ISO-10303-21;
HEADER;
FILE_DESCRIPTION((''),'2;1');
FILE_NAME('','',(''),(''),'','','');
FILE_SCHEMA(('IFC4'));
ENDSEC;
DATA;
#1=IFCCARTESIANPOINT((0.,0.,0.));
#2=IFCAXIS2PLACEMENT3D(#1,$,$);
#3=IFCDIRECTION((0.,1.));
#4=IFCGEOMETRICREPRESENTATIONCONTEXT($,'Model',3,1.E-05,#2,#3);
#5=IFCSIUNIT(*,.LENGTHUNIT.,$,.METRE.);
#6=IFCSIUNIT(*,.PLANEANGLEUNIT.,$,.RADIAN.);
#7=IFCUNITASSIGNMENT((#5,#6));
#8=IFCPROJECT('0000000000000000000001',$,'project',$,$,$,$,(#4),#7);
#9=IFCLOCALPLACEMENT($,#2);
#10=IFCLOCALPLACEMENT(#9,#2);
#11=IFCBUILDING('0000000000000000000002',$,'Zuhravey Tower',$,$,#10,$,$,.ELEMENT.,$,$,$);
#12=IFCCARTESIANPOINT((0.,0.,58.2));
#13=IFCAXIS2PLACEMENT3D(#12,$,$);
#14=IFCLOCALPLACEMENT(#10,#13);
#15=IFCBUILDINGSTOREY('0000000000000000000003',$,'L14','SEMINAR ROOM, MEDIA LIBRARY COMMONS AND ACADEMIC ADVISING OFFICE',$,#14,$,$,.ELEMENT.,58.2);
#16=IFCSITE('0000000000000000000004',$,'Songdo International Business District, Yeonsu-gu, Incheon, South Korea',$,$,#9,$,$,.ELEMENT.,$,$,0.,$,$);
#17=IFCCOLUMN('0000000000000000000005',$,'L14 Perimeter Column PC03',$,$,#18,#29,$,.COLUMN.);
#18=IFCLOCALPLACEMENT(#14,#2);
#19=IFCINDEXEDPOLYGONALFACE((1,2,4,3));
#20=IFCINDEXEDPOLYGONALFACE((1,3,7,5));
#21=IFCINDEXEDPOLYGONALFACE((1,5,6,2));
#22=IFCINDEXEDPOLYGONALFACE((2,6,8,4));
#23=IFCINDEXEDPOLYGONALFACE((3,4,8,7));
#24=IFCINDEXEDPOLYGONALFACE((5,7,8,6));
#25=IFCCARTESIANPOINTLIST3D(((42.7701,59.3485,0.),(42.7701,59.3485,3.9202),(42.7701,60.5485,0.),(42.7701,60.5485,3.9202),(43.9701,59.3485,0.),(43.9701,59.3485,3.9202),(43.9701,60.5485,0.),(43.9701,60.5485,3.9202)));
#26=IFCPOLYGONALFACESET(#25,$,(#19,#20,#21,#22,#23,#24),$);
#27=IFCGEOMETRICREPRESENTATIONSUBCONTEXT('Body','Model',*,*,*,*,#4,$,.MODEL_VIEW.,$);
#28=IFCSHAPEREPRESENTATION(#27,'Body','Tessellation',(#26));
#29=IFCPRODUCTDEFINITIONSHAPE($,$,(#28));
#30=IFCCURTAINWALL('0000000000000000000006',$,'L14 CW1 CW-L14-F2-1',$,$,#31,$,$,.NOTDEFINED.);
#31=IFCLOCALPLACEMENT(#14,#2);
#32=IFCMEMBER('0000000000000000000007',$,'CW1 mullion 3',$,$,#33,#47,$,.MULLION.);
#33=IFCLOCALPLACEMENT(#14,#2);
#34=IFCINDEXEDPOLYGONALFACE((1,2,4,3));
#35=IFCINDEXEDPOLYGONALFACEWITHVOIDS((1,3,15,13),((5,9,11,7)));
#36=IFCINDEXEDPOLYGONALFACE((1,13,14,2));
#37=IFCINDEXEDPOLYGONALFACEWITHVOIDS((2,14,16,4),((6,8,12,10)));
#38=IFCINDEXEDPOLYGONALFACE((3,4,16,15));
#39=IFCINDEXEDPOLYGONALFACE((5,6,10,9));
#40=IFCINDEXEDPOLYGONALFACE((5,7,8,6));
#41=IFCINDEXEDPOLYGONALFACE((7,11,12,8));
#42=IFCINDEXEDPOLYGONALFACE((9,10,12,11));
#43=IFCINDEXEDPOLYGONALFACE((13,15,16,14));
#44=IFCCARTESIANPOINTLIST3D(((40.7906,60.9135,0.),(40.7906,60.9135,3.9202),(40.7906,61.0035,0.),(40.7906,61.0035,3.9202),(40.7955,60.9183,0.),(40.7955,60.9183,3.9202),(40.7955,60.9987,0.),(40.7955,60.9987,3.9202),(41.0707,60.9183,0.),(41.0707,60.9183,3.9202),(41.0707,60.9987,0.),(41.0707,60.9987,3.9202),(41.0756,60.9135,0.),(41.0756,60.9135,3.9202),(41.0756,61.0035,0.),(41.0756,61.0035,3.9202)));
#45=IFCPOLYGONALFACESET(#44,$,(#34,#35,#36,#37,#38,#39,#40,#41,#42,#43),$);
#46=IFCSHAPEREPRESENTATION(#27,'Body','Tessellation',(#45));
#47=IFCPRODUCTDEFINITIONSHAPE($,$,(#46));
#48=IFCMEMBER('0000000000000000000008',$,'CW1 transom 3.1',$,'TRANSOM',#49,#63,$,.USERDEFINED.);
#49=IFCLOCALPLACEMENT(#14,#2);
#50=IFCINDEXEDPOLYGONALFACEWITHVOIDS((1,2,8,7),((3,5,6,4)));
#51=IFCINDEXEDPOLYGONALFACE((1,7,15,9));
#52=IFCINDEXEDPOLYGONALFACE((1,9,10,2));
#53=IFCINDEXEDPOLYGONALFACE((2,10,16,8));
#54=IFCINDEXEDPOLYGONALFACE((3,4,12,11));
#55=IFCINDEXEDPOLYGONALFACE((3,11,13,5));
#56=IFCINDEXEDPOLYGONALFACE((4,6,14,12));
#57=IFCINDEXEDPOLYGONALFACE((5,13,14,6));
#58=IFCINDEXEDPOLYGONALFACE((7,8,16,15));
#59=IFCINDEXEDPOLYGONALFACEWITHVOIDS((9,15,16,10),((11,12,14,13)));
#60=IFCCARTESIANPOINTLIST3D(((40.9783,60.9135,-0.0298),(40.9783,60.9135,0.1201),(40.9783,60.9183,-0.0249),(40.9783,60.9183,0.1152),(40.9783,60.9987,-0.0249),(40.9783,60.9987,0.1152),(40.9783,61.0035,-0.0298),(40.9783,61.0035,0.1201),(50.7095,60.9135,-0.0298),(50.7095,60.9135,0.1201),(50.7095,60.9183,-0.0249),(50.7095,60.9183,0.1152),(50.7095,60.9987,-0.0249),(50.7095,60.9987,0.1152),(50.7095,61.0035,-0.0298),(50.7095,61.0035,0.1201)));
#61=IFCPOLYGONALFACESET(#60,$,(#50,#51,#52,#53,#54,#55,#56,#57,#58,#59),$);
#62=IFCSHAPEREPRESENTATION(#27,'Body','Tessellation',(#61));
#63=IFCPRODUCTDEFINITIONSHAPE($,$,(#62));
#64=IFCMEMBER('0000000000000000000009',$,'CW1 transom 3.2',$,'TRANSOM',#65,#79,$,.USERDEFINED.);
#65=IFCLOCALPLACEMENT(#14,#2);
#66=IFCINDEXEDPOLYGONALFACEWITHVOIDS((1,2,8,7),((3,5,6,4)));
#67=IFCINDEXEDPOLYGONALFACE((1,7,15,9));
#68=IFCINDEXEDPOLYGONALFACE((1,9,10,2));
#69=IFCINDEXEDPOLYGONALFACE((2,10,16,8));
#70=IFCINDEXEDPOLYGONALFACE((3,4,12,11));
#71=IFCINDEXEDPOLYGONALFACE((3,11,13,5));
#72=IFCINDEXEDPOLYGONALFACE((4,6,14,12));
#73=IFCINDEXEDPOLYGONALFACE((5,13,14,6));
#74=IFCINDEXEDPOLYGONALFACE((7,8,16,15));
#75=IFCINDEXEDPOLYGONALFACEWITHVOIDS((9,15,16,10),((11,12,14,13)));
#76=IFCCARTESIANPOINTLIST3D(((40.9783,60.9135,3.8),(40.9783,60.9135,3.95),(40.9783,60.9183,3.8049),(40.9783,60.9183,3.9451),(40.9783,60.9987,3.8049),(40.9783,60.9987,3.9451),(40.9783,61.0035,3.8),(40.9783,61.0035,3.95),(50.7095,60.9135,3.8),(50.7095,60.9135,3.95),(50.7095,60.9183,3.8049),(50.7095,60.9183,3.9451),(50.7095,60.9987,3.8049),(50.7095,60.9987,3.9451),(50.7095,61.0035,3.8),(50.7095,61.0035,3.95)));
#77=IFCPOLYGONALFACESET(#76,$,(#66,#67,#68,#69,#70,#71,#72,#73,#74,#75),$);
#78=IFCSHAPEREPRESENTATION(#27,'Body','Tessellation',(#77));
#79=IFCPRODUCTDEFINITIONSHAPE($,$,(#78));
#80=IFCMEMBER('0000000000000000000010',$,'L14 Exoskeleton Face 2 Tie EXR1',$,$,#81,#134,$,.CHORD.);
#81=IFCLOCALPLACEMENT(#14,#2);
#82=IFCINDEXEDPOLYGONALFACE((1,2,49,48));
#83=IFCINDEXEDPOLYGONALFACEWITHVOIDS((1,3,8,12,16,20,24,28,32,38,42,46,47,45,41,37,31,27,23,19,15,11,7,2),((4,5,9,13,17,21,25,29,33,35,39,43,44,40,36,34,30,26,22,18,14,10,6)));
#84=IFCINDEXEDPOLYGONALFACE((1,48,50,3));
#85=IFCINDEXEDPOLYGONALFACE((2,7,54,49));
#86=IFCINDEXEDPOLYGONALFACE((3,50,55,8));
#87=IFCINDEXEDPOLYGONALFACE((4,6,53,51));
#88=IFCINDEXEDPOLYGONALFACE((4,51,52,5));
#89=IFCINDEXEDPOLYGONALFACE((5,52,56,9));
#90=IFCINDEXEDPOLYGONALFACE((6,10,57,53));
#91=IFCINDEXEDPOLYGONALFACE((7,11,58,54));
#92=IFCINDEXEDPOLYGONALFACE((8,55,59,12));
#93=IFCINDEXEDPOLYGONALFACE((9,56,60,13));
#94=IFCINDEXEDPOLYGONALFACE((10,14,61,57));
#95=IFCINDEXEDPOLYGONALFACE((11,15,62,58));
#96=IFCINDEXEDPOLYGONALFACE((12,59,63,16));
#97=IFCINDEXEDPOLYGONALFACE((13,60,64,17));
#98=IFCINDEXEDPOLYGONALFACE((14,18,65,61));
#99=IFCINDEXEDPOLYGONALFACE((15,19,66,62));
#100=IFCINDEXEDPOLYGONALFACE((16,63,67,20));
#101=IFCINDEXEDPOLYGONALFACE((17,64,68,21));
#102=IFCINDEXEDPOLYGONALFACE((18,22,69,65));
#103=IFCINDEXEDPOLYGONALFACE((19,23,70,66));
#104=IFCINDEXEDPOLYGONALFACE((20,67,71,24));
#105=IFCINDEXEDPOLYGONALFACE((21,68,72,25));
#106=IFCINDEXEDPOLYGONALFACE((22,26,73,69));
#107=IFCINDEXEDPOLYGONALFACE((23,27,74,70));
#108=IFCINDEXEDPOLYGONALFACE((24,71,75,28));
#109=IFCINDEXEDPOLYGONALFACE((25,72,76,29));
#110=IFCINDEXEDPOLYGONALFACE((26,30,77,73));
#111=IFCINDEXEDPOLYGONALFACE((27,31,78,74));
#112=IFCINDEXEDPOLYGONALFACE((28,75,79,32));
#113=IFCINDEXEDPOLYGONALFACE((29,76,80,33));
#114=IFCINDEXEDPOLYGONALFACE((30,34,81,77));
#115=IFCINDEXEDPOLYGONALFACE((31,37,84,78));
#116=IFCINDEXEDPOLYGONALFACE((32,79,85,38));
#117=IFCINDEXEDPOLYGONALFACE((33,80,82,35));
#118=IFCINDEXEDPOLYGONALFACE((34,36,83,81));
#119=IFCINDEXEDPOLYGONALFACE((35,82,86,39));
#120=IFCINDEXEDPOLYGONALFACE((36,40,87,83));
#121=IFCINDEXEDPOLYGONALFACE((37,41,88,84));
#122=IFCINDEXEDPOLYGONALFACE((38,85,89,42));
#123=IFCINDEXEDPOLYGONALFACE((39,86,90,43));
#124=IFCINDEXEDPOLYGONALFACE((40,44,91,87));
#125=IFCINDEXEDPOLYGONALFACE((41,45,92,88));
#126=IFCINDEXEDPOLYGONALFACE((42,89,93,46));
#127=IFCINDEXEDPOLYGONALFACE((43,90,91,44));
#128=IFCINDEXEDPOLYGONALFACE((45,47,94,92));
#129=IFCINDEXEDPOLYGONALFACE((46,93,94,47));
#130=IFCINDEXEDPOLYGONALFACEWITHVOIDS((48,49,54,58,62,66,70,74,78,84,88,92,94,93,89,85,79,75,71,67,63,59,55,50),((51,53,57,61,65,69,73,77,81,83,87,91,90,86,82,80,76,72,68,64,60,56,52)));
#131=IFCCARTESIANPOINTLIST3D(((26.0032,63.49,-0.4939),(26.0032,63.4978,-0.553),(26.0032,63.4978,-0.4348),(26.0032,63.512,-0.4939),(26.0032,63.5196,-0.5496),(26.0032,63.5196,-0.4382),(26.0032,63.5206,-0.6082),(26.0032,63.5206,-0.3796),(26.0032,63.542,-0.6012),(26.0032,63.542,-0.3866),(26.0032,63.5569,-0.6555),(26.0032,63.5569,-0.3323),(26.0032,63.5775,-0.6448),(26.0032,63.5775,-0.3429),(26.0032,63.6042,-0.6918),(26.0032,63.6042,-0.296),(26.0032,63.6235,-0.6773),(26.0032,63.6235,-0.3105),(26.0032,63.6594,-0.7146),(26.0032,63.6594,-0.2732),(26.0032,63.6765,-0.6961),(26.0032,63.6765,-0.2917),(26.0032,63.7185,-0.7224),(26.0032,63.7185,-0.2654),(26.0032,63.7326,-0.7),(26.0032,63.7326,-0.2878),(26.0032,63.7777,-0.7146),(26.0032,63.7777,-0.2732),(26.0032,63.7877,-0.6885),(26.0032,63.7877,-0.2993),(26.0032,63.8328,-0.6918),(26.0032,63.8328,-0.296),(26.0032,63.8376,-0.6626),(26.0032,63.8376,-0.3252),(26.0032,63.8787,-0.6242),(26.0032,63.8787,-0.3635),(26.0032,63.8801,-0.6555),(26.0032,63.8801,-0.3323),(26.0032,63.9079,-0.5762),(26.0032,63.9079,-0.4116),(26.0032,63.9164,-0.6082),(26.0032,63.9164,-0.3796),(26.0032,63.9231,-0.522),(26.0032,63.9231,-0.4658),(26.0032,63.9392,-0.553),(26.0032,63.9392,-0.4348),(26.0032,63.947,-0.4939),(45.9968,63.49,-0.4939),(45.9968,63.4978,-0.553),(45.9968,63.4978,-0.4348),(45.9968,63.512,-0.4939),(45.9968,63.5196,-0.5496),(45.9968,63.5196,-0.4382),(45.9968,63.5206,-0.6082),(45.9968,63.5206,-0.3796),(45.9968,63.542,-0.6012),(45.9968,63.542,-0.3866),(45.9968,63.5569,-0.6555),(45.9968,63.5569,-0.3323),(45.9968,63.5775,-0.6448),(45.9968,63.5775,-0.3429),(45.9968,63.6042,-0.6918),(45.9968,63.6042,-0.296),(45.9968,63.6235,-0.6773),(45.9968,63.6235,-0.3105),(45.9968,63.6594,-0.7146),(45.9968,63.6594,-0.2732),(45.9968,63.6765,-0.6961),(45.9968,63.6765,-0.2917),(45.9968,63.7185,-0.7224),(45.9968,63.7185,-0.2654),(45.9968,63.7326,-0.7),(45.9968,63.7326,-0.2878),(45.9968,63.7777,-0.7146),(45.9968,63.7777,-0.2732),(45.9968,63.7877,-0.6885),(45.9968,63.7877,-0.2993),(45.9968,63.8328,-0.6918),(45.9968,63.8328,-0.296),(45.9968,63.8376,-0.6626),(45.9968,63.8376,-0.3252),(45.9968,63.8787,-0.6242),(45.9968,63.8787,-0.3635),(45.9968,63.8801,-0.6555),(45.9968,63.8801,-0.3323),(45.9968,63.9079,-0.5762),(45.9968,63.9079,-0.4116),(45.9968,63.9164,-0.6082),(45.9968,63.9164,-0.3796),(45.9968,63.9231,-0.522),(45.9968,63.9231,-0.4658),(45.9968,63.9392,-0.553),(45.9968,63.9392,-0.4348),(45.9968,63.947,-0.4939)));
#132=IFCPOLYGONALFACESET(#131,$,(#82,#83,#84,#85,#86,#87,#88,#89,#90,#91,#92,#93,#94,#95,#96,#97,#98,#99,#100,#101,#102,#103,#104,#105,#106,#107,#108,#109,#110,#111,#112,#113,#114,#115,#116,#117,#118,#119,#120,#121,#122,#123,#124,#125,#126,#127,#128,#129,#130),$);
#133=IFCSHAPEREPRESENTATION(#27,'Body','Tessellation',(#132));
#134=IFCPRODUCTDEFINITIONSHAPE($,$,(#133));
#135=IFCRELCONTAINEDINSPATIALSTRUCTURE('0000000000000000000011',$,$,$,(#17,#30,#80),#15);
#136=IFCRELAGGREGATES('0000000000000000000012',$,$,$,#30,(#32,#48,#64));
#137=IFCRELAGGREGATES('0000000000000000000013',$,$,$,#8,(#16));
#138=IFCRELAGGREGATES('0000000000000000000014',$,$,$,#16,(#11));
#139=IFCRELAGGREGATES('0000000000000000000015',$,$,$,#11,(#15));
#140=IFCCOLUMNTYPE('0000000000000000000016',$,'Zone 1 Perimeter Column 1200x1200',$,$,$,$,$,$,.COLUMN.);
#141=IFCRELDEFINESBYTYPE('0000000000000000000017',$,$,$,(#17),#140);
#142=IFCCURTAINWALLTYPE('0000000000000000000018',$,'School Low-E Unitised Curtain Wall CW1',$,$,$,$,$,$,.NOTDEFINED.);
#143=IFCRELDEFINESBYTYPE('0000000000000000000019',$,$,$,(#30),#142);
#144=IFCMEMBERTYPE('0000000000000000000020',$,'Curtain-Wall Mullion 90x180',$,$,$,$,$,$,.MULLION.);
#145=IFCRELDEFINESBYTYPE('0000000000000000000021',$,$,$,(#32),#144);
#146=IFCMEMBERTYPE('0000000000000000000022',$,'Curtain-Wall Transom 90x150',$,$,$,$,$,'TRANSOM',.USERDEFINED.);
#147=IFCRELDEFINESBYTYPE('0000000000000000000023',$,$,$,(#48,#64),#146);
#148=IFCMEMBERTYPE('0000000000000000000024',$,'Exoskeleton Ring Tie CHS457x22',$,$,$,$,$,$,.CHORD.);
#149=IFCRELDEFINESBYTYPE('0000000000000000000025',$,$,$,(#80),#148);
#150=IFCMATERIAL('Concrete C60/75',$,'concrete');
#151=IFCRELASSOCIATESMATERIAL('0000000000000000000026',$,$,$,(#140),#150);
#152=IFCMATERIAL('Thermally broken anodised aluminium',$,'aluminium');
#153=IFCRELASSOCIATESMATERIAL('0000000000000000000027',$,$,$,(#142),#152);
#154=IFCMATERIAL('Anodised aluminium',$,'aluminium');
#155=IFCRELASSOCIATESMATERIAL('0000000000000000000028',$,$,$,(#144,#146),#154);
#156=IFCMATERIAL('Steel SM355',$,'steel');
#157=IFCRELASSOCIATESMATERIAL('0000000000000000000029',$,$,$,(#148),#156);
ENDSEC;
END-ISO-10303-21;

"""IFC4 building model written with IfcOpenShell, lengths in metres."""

from ifc_helpers import new_model, si_unit, direction, frame, origin, origin_2d, place, context, subcontext, project, spatial, rectangle, hollow_rectangle, hollow_circle, extrude, material, material_profile, profile_set, type_object, element, aggregate, save


model = new_model("IFC4")

# Units and contexts
model_context = context("Model", 3, precision=1e-05, world=origin(), true_north=direction((0.0, 1.0)))
body_context = subcontext(model_context, "Body", "Model", "MODEL_VIEW")
ifc_project = project(units=[si_unit("LENGTHUNIT", "METRE"), si_unit("PLANEANGLEUNIT", "RADIAN")], contexts=[model_context])

# Site, building, storey
site_placement = place(None, origin())
site = spatial("IfcSite", under=ifc_project, at=site_placement, Name="Songdo International Business District, Yeonsu-gu, Incheon, South Korea", CompositionType="ELEMENT", RefElevation=0.0)
building_placement = place(site_placement, origin())
building = spatial("IfcBuilding", under=site, at=building_placement, Name="Zuhravey Tower", CompositionType="ELEMENT")
storey_placement = place(building_placement, frame((0.0, 0.0, 58.2)))
storey = spatial("IfcBuildingStorey", under=building, at=storey_placement, Name="L14", Description="SEMINAR ROOM, MEDIA LIBRARY COMMONS AND ACADEMIC ADVISING OFFICE", CompositionType="ELEMENT", Elevation=58.2)

# Column
ifc_material_1 = material(Name="Concrete C60/75", Category="concrete")
ifc_material_profile_1 = material_profile(ifc_material_1, rectangle(XDim=1.2, YDim=1.2, at=origin_2d()), Name="RC-1200x1200")
ifc_profile_set_1 = profile_set([ifc_material_profile_1], Name="Concrete C60/75")
column_type = type_object("IfcColumnType", Name="Zone 1 Perimeter Column 1200x1200", PredefinedType="COLUMN", material=ifc_profile_set_1)
column_placement = place(storey_placement, frame((43.3701, 59.9485, 0.0), z_axis=(0.0, 0.0, 1.0), x_axis=(-1.0, 0.0, 0.0)))
element("IfcColumn", 1, at=column_placement, inside=storey, type_object=column_type, Name="L14 Perimeter Column PC03", PredefinedType="COLUMN", context=body_context, shape_type="SweptSolid", body=[
    extrude(rectangle(XDim=1.2, YDim=1.2, at=origin_2d()), origin(), (0.0, 0.0, 1.0), 3.9202),
])

# Curtain wall, members
ifc_material_2 = material(Name="Thermally broken anodised aluminium", Category="aluminium")
curtain_wall_type = type_object("IfcCurtainWallType", Name="School Low-E Unitised Curtain Wall CW1", PredefinedType="NOTDEFINED", material=ifc_material_2)
curtain_wall_placement = place(storey_placement, origin())
curtain_wall = element("IfcCurtainWall", 2, at=curtain_wall_placement, inside=storey, type_object=curtain_wall_type, Name="L14 CW1 CW-L14-F2-1", PredefinedType="NOTDEFINED")
ifc_material_3 = material(Name="Anodised aluminium", Category="aluminium")
ifc_material_profile_2 = material_profile(ifc_material_3, hollow_rectangle(XDim=0.0901, YDim=0.2849, WallThickness=0.0049, at=origin_2d()), Name="ALU-RHS-90x285x5")
ifc_profile_set_2 = profile_set([ifc_material_profile_2], Name="Anodised aluminium")
member_type_1 = type_object("IfcMemberType", Name="Curtain-Wall Mullion 90x180", PredefinedType="MULLION", material=ifc_profile_set_2)
member_1_placement = place(storey_placement, frame((40.9331, 60.9585, 0.0), z_axis=(0.0, 0.0, 1.0), x_axis=(0.0, 1.0, 0.0)))
member_1 = element("IfcMember", 3, at=member_1_placement, type_object=member_type_1, Name="CW1 mullion 3", PredefinedType="MULLION", context=body_context, shape_type="SweptSolid", body=[
    extrude(hollow_rectangle(XDim=0.0901, YDim=0.2849, WallThickness=0.0049, at=origin_2d()), origin(), (0.0, 0.0, 1.0), 3.9202),
])
ifc_material_profile_3 = material_profile(ifc_material_3, hollow_rectangle(XDim=0.0901, YDim=0.1499, WallThickness=0.0049, at=origin_2d()), Name="ALU-RHS-90x150x5")
ifc_profile_set_3 = profile_set([ifc_material_profile_3], Name="Anodised aluminium")
member_type_2 = type_object("IfcMemberType", Name="Curtain-Wall Transom 90x150", ElementType="TRANSOM", PredefinedType="USERDEFINED", material=ifc_profile_set_3)
member_2_placement = place(storey_placement, frame((40.9783, 60.9585, 0.0452), z_axis=(1.0, 0.0, 0.0), x_axis=(0.0, 1.0, 0.0)))
member_2 = element("IfcMember", 4, at=member_2_placement, type_object=member_type_2, Name="CW1 transom 3.1", ObjectType="TRANSOM", PredefinedType="USERDEFINED", context=body_context, shape_type="SweptSolid", body=[
    extrude(hollow_rectangle(XDim=0.0901, YDim=0.1499, WallThickness=0.0049, at=origin_2d()), origin(), (0.0, 0.0, 1.0), 9.7312),
])
member_3_placement = place(storey_placement, frame((40.9783, 60.9585, 3.875), z_axis=(1.0, 0.0, 0.0), x_axis=(0.0, 1.0, 0.0)))
member_3 = element("IfcMember", 5, at=member_3_placement, type_object=member_type_2, Name="CW1 transom 3.2", ObjectType="TRANSOM", PredefinedType="USERDEFINED", context=body_context, shape_type="SweptSolid", body=[
    extrude(hollow_rectangle(XDim=0.0901, YDim=0.1499, WallThickness=0.0049, at=origin_2d()), origin(), (0.0, 0.0, 1.0), 9.7312),
])

# Member
ifc_material_4 = material(Name="Steel SM355", Category="steel")
ifc_material_profile_4 = material_profile(ifc_material_4, hollow_circle(Radius=0.2285, WallThickness=0.022, at=origin_2d()), Name="CHS-457.2x22")
ifc_profile_set_4 = profile_set([ifc_material_profile_4], Name="Steel SM355")
member_type_3 = type_object("IfcMemberType", Name="Exoskeleton Ring Tie CHS457x22", PredefinedType="CHORD", material=ifc_profile_set_4)
member_4_placement = place(storey_placement, frame((45.9968, 63.7185, -0.4939), z_axis=(-1.0, 0.0, 0.0), x_axis=(0.0, -1.0, 0.0)))
element("IfcMember", 6, at=member_4_placement, inside=storey, type_object=member_type_3, Name="L14 Exoskeleton Face 2 Tie EXR1", PredefinedType="CHORD", context=body_context, shape_type="SweptSolid", body=[
    extrude(hollow_circle(Radius=0.2285, WallThickness=0.022, at=origin_2d()), origin(), (0.0, 0.0, 1.0), 19.9937),
])

aggregate(curtain_wall, [member_1, member_2, member_3])

save(model, "model.ifc")
